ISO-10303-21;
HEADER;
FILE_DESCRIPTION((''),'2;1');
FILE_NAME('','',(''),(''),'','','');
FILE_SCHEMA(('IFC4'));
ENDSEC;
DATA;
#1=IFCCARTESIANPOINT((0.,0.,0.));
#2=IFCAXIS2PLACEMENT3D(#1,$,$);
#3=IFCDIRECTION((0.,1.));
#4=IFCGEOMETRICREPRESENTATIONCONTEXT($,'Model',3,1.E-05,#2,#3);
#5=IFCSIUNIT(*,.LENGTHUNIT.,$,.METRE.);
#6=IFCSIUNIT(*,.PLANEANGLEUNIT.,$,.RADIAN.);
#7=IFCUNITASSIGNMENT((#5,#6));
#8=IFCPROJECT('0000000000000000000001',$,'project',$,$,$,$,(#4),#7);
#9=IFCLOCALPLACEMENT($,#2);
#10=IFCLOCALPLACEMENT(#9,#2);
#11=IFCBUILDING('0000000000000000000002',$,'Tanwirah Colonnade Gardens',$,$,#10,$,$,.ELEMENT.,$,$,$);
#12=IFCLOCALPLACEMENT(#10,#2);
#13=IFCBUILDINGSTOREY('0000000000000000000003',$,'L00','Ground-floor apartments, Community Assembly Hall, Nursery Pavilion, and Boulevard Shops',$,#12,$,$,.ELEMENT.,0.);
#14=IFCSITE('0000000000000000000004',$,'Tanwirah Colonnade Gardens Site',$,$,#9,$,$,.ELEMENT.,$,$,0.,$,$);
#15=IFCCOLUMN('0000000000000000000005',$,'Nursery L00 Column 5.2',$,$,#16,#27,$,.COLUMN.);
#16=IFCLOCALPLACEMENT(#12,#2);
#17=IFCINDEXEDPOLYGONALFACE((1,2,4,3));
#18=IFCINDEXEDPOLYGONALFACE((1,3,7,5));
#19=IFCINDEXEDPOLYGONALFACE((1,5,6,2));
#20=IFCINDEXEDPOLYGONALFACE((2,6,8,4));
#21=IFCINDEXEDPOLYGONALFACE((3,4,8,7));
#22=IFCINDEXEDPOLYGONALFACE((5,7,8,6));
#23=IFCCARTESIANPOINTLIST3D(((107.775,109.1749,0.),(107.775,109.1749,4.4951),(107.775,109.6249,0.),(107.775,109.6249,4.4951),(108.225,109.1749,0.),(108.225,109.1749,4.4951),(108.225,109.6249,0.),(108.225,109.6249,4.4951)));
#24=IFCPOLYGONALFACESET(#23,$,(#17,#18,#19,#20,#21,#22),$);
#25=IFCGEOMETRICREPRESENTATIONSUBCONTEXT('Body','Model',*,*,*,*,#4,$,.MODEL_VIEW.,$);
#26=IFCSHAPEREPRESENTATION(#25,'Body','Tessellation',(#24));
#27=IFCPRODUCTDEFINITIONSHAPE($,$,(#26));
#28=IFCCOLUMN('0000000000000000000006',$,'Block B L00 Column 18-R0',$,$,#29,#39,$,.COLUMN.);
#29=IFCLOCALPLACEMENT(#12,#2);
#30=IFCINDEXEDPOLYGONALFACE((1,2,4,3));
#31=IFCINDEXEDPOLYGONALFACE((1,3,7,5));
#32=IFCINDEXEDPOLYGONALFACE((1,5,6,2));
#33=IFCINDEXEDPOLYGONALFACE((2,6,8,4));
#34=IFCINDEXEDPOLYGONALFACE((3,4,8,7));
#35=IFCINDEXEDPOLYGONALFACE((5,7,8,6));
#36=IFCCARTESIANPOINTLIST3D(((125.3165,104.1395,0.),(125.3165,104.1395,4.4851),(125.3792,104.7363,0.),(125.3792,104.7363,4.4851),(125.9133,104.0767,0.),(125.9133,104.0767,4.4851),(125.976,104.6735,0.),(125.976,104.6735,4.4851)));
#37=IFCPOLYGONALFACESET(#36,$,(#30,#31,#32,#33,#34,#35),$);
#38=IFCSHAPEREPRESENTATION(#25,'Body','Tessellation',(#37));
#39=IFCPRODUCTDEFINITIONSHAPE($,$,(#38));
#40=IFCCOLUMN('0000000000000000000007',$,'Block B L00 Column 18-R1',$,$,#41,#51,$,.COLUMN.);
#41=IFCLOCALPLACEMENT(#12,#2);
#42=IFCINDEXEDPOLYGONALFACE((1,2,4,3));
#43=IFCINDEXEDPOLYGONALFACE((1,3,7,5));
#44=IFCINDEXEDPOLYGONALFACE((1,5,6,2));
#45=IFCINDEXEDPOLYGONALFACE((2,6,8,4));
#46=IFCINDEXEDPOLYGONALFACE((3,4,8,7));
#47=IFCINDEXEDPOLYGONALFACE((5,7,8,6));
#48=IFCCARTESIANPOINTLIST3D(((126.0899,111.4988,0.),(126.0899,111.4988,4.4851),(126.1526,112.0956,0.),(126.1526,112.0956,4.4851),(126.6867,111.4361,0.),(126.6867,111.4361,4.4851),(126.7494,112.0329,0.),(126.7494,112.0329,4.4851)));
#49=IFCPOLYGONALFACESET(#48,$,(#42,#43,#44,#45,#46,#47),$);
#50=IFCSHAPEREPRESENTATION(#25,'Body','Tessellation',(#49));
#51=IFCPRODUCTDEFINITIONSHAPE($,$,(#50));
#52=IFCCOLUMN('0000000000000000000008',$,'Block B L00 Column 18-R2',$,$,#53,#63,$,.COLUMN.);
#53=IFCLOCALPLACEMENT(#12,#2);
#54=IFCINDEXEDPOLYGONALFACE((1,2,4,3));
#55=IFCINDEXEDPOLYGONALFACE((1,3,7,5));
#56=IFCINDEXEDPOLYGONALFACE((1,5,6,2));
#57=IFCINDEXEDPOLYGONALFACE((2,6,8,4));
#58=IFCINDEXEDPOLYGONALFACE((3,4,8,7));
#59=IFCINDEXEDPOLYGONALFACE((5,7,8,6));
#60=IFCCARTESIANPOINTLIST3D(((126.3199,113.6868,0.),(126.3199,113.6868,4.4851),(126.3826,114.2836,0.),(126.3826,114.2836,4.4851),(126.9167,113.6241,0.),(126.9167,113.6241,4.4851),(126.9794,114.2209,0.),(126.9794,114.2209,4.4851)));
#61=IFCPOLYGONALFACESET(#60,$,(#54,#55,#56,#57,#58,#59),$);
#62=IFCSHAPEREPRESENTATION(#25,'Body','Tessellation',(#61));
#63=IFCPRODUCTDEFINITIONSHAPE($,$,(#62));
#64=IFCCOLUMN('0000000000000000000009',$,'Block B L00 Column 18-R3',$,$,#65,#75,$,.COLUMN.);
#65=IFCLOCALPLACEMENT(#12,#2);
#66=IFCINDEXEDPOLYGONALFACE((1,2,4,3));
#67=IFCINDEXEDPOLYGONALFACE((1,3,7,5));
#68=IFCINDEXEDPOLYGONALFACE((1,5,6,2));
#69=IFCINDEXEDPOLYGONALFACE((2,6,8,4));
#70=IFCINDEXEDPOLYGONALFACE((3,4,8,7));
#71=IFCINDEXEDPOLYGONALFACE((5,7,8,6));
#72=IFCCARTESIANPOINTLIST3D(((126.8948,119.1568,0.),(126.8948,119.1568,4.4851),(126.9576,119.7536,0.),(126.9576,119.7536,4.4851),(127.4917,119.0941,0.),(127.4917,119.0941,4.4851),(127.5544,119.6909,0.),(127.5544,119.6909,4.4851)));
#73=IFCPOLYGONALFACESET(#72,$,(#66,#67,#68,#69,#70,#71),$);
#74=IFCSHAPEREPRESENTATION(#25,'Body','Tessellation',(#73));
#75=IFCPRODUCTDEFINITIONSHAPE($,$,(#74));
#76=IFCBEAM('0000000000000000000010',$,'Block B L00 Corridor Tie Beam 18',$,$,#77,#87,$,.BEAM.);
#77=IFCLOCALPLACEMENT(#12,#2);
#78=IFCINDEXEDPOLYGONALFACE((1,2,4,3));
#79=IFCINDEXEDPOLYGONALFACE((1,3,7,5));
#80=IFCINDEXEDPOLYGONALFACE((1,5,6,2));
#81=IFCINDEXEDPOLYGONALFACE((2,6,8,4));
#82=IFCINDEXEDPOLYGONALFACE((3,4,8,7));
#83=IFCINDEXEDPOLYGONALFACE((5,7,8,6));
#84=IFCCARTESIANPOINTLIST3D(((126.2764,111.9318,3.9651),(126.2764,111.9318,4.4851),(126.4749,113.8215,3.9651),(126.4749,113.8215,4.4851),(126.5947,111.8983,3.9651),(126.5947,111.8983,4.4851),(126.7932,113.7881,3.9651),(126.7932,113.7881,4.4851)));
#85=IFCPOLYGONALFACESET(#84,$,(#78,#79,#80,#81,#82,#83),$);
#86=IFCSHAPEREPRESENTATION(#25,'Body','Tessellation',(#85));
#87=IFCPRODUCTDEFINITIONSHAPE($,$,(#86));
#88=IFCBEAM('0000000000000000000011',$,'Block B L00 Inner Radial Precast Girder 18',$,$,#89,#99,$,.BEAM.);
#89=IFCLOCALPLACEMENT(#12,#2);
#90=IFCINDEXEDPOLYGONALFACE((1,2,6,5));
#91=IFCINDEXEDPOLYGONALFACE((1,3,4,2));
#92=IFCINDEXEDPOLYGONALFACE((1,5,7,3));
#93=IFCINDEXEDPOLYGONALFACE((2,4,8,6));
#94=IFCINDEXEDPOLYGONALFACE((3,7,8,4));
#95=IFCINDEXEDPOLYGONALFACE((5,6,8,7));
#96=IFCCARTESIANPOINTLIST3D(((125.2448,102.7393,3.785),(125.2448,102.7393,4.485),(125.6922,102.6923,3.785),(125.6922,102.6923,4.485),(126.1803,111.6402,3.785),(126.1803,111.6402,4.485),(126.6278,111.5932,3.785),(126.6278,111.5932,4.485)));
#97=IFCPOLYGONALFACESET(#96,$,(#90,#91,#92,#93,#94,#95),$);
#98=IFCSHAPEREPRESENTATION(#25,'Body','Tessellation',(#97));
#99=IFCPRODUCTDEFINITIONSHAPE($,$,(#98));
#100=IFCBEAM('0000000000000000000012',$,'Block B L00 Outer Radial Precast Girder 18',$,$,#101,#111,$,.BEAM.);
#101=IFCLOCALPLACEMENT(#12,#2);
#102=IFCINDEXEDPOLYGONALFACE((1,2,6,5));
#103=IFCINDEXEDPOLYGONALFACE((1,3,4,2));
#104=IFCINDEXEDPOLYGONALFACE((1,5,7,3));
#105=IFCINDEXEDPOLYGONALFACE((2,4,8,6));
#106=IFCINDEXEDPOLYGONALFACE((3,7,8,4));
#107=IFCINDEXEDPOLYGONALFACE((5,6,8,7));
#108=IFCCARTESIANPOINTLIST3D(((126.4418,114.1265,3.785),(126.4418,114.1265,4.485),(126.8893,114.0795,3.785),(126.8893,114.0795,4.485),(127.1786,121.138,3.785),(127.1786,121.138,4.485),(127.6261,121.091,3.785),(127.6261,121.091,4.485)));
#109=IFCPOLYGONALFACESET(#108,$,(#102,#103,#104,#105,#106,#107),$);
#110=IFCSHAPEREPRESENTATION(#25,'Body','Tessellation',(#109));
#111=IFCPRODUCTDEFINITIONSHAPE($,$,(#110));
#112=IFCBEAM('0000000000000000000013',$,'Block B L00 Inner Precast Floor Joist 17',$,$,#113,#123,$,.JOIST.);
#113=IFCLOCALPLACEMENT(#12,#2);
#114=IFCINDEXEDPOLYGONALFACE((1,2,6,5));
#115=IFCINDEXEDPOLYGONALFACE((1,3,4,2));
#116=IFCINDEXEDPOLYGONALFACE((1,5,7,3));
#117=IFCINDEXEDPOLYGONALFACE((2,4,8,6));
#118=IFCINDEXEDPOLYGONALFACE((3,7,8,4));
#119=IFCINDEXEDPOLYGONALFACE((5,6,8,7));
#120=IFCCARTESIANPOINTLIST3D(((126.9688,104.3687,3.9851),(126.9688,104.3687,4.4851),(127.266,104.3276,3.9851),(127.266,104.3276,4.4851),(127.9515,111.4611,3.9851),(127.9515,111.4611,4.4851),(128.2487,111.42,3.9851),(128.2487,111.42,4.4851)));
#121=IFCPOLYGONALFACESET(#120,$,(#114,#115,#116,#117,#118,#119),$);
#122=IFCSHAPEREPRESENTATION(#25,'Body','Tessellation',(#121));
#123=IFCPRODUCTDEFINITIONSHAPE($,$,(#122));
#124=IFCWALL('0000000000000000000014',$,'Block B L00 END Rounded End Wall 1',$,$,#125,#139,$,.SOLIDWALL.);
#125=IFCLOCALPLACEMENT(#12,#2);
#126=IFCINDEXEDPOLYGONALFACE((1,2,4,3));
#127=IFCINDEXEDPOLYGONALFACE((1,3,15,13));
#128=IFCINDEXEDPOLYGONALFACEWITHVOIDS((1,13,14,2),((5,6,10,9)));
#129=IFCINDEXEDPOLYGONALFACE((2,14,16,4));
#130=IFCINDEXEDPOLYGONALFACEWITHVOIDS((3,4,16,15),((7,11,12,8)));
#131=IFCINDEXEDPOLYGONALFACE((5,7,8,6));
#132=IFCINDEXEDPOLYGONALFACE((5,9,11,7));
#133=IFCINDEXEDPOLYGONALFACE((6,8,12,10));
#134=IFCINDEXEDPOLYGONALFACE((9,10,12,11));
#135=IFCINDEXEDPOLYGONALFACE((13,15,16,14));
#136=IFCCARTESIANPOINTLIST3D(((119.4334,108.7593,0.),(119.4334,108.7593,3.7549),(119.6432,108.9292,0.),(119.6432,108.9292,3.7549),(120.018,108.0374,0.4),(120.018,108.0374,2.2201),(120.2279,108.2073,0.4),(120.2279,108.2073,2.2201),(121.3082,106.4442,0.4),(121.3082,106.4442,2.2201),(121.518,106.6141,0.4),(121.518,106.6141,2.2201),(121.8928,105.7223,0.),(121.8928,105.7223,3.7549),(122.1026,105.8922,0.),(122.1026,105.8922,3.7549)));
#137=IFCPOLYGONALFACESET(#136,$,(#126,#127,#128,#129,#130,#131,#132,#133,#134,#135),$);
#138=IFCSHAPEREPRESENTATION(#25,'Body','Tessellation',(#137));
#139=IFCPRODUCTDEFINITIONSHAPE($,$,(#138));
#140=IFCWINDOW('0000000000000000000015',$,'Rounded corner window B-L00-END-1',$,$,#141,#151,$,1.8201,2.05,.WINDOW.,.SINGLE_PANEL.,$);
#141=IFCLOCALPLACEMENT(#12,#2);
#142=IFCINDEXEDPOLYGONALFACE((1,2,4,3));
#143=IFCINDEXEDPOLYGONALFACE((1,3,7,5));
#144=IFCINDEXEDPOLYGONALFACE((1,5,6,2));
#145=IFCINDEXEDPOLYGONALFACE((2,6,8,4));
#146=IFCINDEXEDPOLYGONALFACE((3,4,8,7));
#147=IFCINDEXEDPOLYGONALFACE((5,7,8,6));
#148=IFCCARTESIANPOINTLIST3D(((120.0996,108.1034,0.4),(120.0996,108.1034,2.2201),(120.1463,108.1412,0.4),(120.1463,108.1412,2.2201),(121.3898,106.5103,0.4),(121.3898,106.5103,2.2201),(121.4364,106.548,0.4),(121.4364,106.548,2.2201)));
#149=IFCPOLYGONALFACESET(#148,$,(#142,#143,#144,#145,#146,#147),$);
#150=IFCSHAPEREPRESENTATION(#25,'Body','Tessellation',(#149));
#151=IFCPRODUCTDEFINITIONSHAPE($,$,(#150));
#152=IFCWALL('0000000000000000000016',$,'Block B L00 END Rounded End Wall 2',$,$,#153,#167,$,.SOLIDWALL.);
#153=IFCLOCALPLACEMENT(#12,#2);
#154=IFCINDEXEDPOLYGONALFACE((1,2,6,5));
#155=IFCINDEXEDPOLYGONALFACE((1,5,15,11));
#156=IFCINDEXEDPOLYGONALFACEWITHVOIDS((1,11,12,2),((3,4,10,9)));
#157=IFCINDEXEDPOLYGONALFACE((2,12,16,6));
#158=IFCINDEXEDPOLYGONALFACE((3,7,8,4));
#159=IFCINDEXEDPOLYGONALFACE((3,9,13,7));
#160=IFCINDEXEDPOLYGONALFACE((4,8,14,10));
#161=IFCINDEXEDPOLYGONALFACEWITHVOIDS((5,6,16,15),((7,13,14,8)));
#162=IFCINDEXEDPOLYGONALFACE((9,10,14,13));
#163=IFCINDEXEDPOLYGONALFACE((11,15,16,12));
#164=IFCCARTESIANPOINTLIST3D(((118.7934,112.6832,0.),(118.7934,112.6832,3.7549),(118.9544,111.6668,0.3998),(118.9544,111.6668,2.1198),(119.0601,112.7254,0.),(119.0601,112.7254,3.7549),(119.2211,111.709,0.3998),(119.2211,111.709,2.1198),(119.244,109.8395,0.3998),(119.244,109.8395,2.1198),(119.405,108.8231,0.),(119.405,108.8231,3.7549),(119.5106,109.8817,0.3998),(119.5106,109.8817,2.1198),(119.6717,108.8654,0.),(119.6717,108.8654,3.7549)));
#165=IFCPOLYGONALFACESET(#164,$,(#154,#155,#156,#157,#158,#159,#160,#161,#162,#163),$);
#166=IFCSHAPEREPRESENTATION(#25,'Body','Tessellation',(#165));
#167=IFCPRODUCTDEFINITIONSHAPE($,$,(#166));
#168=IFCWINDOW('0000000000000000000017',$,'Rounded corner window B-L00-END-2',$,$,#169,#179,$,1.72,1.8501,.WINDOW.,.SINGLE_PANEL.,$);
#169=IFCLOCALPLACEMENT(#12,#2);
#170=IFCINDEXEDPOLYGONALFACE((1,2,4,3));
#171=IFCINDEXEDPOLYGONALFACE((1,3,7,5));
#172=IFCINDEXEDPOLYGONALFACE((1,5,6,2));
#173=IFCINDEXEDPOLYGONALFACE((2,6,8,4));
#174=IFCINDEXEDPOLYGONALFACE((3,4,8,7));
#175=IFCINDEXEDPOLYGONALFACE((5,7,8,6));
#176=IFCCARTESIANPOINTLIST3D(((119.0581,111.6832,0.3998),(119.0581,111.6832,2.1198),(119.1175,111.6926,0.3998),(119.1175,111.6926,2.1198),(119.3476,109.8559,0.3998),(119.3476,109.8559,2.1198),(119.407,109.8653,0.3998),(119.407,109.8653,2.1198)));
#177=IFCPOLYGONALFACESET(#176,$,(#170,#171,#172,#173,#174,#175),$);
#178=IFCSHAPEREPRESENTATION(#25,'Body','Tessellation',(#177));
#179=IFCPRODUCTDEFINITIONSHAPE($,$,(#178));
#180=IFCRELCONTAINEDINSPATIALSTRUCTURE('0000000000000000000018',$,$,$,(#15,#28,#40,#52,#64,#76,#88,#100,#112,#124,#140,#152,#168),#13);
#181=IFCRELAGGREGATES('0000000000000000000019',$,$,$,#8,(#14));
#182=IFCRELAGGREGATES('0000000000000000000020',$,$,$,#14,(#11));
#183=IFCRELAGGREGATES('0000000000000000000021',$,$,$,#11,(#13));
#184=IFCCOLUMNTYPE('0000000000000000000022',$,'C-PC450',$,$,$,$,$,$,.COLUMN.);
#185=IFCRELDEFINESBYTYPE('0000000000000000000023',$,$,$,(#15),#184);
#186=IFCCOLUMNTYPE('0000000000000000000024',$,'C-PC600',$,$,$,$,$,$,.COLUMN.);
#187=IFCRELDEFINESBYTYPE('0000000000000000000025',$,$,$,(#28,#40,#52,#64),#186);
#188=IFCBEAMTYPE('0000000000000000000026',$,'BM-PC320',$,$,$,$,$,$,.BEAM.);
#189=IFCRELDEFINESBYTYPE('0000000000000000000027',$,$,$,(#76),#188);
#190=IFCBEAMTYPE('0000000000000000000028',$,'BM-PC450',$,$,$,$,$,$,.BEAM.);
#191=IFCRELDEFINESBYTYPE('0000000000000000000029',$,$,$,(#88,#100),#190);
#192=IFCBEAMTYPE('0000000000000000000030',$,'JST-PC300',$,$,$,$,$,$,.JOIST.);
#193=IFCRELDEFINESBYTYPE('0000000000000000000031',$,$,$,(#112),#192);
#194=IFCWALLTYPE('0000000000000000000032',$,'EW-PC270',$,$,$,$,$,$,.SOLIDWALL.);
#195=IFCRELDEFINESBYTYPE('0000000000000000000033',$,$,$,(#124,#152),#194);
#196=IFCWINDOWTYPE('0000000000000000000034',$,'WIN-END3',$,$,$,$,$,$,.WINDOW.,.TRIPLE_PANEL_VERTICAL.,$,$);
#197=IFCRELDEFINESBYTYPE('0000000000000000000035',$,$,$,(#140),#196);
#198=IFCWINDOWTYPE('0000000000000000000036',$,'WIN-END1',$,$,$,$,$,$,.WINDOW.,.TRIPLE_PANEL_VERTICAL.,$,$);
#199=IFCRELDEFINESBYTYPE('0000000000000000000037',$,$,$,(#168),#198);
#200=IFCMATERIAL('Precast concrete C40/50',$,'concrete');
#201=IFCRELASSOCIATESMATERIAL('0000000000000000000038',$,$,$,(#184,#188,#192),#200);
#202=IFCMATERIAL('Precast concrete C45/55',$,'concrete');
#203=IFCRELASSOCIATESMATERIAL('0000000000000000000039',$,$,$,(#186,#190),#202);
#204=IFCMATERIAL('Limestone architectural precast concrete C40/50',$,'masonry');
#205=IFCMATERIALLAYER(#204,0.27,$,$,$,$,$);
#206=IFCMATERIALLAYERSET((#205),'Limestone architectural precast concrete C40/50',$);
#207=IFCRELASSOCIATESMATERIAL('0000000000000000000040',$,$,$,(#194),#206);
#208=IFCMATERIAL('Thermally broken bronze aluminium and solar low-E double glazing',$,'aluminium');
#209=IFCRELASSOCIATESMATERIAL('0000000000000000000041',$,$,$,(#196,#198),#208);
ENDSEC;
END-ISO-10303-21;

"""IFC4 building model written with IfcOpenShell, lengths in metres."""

from ifc_helpers import new_model, si_unit, direction, frame, frame_2d, origin, origin_2d, place, context, subcontext, project, spatial, rectangle, extrude, material, layer, layer_set, material_profile, profile_set, type_object, element, fill, save


model = new_model("IFC4")

# Units and contexts
model_context = context("Model", 3, precision=1e-05, world=origin(), true_north=direction((0.0, 1.0)))
body_context = subcontext(model_context, "Body", "Model", "MODEL_VIEW")
ifc_project = project(units=[si_unit("LENGTHUNIT", "METRE"), si_unit("PLANEANGLEUNIT", "RADIAN")], contexts=[model_context])

# Site, building, storey
site_placement = place(None, origin())
site = spatial("IfcSite", under=ifc_project, at=site_placement, Name="Tanwirah Colonnade Gardens Site", CompositionType="ELEMENT", RefElevation=0.0)
building_placement = place(site_placement, origin())
building = spatial("IfcBuilding", under=site, at=building_placement, Name="Tanwirah Colonnade Gardens", CompositionType="ELEMENT")
storey_placement = place(building_placement, origin())
storey = spatial("IfcBuildingStorey", under=building, at=storey_placement, Name="L00", Description="Ground-floor apartments, Community Assembly Hall, Nursery Pavilion, and Boulevard Shops", CompositionType="ELEMENT", Elevation=0.0)

# Columns
ifc_material_1 = material(Name="Precast concrete C40/50", Category="concrete")
ifc_material_profile_1 = material_profile(ifc_material_1, rectangle(XDim=0.45, YDim=0.45, at=origin_2d()), Name="PC-COL 450x450")
ifc_profile_set_1 = profile_set([ifc_material_profile_1], Name="Precast concrete C40/50")
column_type_1 = type_object("IfcColumnType", Name="C-PC450", PredefinedType="COLUMN", material=ifc_profile_set_1)
column_placement = place(storey_placement, frame((108.0, 109.3999, 0.0), z_axis=(0.0, 0.0, 1.0), x_axis=(1.0, 0.0, 0.0)))
element("IfcColumn", 1, at=column_placement, inside=storey, type_object=column_type_1, Name="Nursery L00 Column 5.2", PredefinedType="COLUMN", context=body_context, shape_type="SweptSolid", body=[
    extrude(rectangle(XDim=0.45, YDim=0.45, at=origin_2d()), origin(), (0.0, 0.0, 1.0), 4.4951),
])
ifc_material_2 = material(Name="Precast concrete C45/55", Category="concrete")
ifc_material_profile_2 = material_profile(ifc_material_2, rectangle(XDim=0.6001, YDim=0.6001, at=origin_2d()), Name="PC-COL 600x600")
ifc_profile_set_2 = profile_set([ifc_material_profile_2], Name="Precast concrete C45/55")
column_type_2 = type_object("IfcColumnType", Name="C-PC600", PredefinedType="COLUMN", material=ifc_profile_set_2)
for number, where, z_axis, x_axis, name in (
    (2, (125.6462, 104.4065, 0.0), (0.0, 0.0, 1.0), (0.104528, 0.994522, 0.0), "Block B L00 Column 18-R0"),
    (3, (126.4197, 111.7659, 0.0), (0.0, 0.0, 1.0), (0.104528, 0.994522, 0.0), "Block B L00 Column 18-R1"),
    (4, (126.6497, 113.9539, 0.0), (0.0, 0.0, 1.0), (0.104528, 0.994522, 0.0), "Block B L00 Column 18-R2"),
    (5, (127.2246, 119.4238, 0.0), (0.0, 0.0, 1.0), (0.104528, 0.994522, 0.0), "Block B L00 Column 18-R3"),
):
    element("IfcColumn", number, at=place(storey_placement, frame(where, z_axis=z_axis, x_axis=x_axis)), inside=storey, type_object=column_type_2, Name=name, PredefinedType="COLUMN", context=body_context, shape_type="SweptSolid", body=[
        extrude(rectangle(XDim=0.6001, YDim=0.6001, at=origin_2d()), origin(), (0.0, 0.0, 1.0), 4.4851),
    ])

# Beams
ifc_material_profile_3 = material_profile(ifc_material_1, rectangle(XDim=0.3201, YDim=0.52, at=origin_2d()), Name="PC-BM 320x520")
ifc_profile_set_3 = profile_set([ifc_material_profile_3], Name="Precast concrete C40/50")
beam_type_1 = type_object("IfcBeamType", Name="BM-PC320", PredefinedType="BEAM", material=ifc_profile_set_3)
beam_1_placement = place(storey_placement, frame((126.4355, 111.915, 4.2251), z_axis=(0.104464, 0.994529, 0.0), x_axis=(-0.994529, 0.104464, 0.0)))
element("IfcBeam", 6, at=beam_1_placement, inside=storey, type_object=beam_type_1, Name="Block B L00 Corridor Tie Beam 18", PredefinedType="BEAM", context=body_context, shape_type="SweptSolid", body=[
    extrude(rectangle(XDim=0.3201, YDim=0.52, at=origin_2d()), origin(), (0.0, 0.0, 1.0), 1.9001),
])
ifc_material_profile_4 = material_profile(ifc_material_2, rectangle(XDim=0.45, YDim=0.7, at=origin_2d()), Name="PC-BM 450x700")
ifc_profile_set_4 = profile_set([ifc_material_profile_4], Name="Precast concrete C45/55")
beam_type_2 = type_object("IfcBeamType", Name="BM-PC450", PredefinedType="BEAM", material=ifc_profile_set_4)
beam_2_placement = place(storey_placement, frame((126.4041, 111.6167, 4.135), z_axis=(-0.104531, -0.994522, 0.0), x_axis=(0.994522, -0.104531, 0.0)))
element("IfcBeam", 7, at=beam_2_placement, inside=storey, type_object=beam_type_2, Name="Block B L00 Inner Radial Precast Girder 18", PredefinedType="BEAM", context=body_context, shape_type="SweptSolid", body=[
    extrude(rectangle(XDim=0.45, YDim=0.7, at=origin_2d()), origin(), (0.0, 0.0, 1.0), 8.95),
])
beam_3_placement = place(storey_placement, frame((126.6655, 114.103, 4.135), z_axis=(0.104512, 0.994524, 0.0), x_axis=(-0.994524, 0.104512, 0.0)))
element("IfcBeam", 8, at=beam_3_placement, inside=storey, type_object=beam_type_2, Name="Block B L00 Outer Radial Precast Girder 18", PredefinedType="BEAM", context=body_context, shape_type="SweptSolid", body=[
    extrude(rectangle(XDim=0.45, YDim=0.7, at=origin_2d()), origin(), (0.0, 0.0, 1.0), 7.05),
])
ifc_material_profile_5 = material_profile(ifc_material_1, rectangle(XDim=0.3, YDim=0.5, at=origin_2d()), Name="PC-JST 300x500")
ifc_profile_set_5 = profile_set([ifc_material_profile_5], Name="Precast concrete C40/50")
beam_type_3 = type_object("IfcBeamType", Name="JST-PC300", PredefinedType="JOIST", material=ifc_profile_set_5)
beam_4_placement = place(storey_placement, frame((127.1174, 104.3481, 4.2351), z_axis=(0.137243, 0.990537, 0.0), x_axis=(-0.990537, 0.137243, 0.0)))
element("IfcBeam", 9, at=beam_4_placement, inside=storey, type_object=beam_type_3, Name="Block B L00 Inner Precast Floor Joist 17", PredefinedType="JOIST", context=body_context, shape_type="SweptSolid", body=[
    extrude(rectangle(XDim=0.3, YDim=0.5, at=origin_2d()), origin(), (0.0, 0.0, 1.0), 7.1602),
])

# Walls, openings, windows
ifc_material_3 = material(Name="Limestone architectural precast concrete C40/50", Category="masonry")
ifc_layer_1 = layer(ifc_material_3, 0.27)
ifc_layer_set_1 = layer_set([ifc_layer_1], Name="Limestone architectural precast concrete C40/50")
wall_type_1 = type_object("IfcWallType", Name="EW-PC270", PredefinedType="SOLIDWALL", material=ifc_layer_set_1)
wall_1_placement = place(storey_placement, frame((121.9978, 105.8071, 0.0), z_axis=(0.0, 0.0, 1.0), x_axis=(-0.629331, 0.777137, 0.0)))
wall_1 = element("IfcWall", 10, at=wall_1_placement, inside=storey, type_object=wall_type_1, Name="Block B L00 END Rounded End Wall 1", PredefinedType="SOLIDWALL", context=body_context, shape_type="SweptSolid", body=[
    extrude(rectangle(XDim=3.908, YDim=0.27, at=frame_2d((1.9541, 0.0))), origin(), (0.0, 0.0, 1.0), 3.7549),
])
opening_1_placement = place(wall_1_placement, frame((0.9292, 0.0, 0.3999)))
opening_1 = element("IfcOpeningElement", 11, at=opening_1_placement, cuts=wall_1, PredefinedType="OPENING", context=body_context, shape_type="SweptSolid", body=[
    extrude(rectangle(XDim=2.05, YDim=1.8201, at=frame_2d((1.0249, 0.9102))), frame((0.0, 0.145, 0.0), z_axis=(0.0, -1.0, 0.0), x_axis=(1.0, 0.0, 0.0)), (0.0, 0.0, 1.0), 0.29),
])
ifc_material_4 = material(Name="Thermally broken bronze aluminium and solar low-E double glazing", Category="aluminium")
window_type_1 = type_object("IfcWindowType", Name="WIN-END3", PartitioningType="TRIPLE_PANEL_VERTICAL", PredefinedType="WINDOW", material=ifc_material_4)
window_1_placement = place(opening_1_placement, origin())
window_1 = element("IfcWindow", 12, at=window_1_placement, inside=storey, type_object=window_type_1, Name="Rounded corner window B-L00-END-1", OverallHeight=1.8201, OverallWidth=2.05, PartitioningType="SINGLE_PANEL", PredefinedType="WINDOW", context=body_context, shape_type="SweptSolid", body=[
    extrude(rectangle(XDim=2.05, YDim=1.8201, at=frame_2d((1.0249, 0.9102))), frame((0.0, 0.03, 0.0), z_axis=(0.0, -1.0, 0.0), x_axis=(1.0, 0.0, 0.0)), (0.0, 0.0, 1.0), 0.0601),
])
fill(opening_1, window_1)
wall_2_placement = place(storey_placement, frame((119.5383, 108.8442, 0.0), z_axis=(0.0, 0.0, 1.0), x_axis=(-0.156482, 0.987681, 0.0)))
wall_2 = element("IfcWall", 13, at=wall_2_placement, inside=storey, type_object=wall_type_1, Name="Block B L00 END Rounded End Wall 2", PredefinedType="SOLIDWALL", context=body_context, shape_type="SweptSolid", body=[
    extrude(rectangle(XDim=3.9082, YDim=0.27, at=frame_2d((1.9541, 0.0))), origin(), (0.0, 0.0, 1.0), 3.7549),
])
opening_2_placement = place(wall_2_placement, frame((1.0291, 0.0, 0.3999)))
opening_2 = element("IfcOpeningElement", 14, at=opening_2_placement, cuts=wall_2, PredefinedType="OPENING", context=body_context, shape_type="SweptSolid", body=[
    extrude(rectangle(XDim=1.8501, YDim=1.72, at=frame_2d((0.925, 0.8599))), frame((0.0, 0.145, 0.0), z_axis=(0.0, -1.0, 0.0), x_axis=(1.0, 0.0, 0.0)), (0.0, 0.0, 1.0), 0.29),
])
window_type_2 = type_object("IfcWindowType", Name="WIN-END1", PartitioningType="TRIPLE_PANEL_VERTICAL", PredefinedType="WINDOW", material=ifc_material_4)
window_2_placement = place(opening_2_placement, origin())
window_2 = element("IfcWindow", 15, at=window_2_placement, inside=storey, type_object=window_type_2, Name="Rounded corner window B-L00-END-2", OverallHeight=1.72, OverallWidth=1.8501, PartitioningType="SINGLE_PANEL", PredefinedType="WINDOW", context=body_context, shape_type="SweptSolid", body=[
    extrude(rectangle(XDim=1.8501, YDim=1.72, at=frame_2d((0.925, 0.8599))), frame((0.0, 0.03, 0.0), z_axis=(0.0, -1.0, 0.0), x_axis=(1.0, 0.0, 0.0)), (0.0, 0.0, 1.0), 0.0601),
])
fill(opening_2, window_2)

save(model, "model.ifc")
